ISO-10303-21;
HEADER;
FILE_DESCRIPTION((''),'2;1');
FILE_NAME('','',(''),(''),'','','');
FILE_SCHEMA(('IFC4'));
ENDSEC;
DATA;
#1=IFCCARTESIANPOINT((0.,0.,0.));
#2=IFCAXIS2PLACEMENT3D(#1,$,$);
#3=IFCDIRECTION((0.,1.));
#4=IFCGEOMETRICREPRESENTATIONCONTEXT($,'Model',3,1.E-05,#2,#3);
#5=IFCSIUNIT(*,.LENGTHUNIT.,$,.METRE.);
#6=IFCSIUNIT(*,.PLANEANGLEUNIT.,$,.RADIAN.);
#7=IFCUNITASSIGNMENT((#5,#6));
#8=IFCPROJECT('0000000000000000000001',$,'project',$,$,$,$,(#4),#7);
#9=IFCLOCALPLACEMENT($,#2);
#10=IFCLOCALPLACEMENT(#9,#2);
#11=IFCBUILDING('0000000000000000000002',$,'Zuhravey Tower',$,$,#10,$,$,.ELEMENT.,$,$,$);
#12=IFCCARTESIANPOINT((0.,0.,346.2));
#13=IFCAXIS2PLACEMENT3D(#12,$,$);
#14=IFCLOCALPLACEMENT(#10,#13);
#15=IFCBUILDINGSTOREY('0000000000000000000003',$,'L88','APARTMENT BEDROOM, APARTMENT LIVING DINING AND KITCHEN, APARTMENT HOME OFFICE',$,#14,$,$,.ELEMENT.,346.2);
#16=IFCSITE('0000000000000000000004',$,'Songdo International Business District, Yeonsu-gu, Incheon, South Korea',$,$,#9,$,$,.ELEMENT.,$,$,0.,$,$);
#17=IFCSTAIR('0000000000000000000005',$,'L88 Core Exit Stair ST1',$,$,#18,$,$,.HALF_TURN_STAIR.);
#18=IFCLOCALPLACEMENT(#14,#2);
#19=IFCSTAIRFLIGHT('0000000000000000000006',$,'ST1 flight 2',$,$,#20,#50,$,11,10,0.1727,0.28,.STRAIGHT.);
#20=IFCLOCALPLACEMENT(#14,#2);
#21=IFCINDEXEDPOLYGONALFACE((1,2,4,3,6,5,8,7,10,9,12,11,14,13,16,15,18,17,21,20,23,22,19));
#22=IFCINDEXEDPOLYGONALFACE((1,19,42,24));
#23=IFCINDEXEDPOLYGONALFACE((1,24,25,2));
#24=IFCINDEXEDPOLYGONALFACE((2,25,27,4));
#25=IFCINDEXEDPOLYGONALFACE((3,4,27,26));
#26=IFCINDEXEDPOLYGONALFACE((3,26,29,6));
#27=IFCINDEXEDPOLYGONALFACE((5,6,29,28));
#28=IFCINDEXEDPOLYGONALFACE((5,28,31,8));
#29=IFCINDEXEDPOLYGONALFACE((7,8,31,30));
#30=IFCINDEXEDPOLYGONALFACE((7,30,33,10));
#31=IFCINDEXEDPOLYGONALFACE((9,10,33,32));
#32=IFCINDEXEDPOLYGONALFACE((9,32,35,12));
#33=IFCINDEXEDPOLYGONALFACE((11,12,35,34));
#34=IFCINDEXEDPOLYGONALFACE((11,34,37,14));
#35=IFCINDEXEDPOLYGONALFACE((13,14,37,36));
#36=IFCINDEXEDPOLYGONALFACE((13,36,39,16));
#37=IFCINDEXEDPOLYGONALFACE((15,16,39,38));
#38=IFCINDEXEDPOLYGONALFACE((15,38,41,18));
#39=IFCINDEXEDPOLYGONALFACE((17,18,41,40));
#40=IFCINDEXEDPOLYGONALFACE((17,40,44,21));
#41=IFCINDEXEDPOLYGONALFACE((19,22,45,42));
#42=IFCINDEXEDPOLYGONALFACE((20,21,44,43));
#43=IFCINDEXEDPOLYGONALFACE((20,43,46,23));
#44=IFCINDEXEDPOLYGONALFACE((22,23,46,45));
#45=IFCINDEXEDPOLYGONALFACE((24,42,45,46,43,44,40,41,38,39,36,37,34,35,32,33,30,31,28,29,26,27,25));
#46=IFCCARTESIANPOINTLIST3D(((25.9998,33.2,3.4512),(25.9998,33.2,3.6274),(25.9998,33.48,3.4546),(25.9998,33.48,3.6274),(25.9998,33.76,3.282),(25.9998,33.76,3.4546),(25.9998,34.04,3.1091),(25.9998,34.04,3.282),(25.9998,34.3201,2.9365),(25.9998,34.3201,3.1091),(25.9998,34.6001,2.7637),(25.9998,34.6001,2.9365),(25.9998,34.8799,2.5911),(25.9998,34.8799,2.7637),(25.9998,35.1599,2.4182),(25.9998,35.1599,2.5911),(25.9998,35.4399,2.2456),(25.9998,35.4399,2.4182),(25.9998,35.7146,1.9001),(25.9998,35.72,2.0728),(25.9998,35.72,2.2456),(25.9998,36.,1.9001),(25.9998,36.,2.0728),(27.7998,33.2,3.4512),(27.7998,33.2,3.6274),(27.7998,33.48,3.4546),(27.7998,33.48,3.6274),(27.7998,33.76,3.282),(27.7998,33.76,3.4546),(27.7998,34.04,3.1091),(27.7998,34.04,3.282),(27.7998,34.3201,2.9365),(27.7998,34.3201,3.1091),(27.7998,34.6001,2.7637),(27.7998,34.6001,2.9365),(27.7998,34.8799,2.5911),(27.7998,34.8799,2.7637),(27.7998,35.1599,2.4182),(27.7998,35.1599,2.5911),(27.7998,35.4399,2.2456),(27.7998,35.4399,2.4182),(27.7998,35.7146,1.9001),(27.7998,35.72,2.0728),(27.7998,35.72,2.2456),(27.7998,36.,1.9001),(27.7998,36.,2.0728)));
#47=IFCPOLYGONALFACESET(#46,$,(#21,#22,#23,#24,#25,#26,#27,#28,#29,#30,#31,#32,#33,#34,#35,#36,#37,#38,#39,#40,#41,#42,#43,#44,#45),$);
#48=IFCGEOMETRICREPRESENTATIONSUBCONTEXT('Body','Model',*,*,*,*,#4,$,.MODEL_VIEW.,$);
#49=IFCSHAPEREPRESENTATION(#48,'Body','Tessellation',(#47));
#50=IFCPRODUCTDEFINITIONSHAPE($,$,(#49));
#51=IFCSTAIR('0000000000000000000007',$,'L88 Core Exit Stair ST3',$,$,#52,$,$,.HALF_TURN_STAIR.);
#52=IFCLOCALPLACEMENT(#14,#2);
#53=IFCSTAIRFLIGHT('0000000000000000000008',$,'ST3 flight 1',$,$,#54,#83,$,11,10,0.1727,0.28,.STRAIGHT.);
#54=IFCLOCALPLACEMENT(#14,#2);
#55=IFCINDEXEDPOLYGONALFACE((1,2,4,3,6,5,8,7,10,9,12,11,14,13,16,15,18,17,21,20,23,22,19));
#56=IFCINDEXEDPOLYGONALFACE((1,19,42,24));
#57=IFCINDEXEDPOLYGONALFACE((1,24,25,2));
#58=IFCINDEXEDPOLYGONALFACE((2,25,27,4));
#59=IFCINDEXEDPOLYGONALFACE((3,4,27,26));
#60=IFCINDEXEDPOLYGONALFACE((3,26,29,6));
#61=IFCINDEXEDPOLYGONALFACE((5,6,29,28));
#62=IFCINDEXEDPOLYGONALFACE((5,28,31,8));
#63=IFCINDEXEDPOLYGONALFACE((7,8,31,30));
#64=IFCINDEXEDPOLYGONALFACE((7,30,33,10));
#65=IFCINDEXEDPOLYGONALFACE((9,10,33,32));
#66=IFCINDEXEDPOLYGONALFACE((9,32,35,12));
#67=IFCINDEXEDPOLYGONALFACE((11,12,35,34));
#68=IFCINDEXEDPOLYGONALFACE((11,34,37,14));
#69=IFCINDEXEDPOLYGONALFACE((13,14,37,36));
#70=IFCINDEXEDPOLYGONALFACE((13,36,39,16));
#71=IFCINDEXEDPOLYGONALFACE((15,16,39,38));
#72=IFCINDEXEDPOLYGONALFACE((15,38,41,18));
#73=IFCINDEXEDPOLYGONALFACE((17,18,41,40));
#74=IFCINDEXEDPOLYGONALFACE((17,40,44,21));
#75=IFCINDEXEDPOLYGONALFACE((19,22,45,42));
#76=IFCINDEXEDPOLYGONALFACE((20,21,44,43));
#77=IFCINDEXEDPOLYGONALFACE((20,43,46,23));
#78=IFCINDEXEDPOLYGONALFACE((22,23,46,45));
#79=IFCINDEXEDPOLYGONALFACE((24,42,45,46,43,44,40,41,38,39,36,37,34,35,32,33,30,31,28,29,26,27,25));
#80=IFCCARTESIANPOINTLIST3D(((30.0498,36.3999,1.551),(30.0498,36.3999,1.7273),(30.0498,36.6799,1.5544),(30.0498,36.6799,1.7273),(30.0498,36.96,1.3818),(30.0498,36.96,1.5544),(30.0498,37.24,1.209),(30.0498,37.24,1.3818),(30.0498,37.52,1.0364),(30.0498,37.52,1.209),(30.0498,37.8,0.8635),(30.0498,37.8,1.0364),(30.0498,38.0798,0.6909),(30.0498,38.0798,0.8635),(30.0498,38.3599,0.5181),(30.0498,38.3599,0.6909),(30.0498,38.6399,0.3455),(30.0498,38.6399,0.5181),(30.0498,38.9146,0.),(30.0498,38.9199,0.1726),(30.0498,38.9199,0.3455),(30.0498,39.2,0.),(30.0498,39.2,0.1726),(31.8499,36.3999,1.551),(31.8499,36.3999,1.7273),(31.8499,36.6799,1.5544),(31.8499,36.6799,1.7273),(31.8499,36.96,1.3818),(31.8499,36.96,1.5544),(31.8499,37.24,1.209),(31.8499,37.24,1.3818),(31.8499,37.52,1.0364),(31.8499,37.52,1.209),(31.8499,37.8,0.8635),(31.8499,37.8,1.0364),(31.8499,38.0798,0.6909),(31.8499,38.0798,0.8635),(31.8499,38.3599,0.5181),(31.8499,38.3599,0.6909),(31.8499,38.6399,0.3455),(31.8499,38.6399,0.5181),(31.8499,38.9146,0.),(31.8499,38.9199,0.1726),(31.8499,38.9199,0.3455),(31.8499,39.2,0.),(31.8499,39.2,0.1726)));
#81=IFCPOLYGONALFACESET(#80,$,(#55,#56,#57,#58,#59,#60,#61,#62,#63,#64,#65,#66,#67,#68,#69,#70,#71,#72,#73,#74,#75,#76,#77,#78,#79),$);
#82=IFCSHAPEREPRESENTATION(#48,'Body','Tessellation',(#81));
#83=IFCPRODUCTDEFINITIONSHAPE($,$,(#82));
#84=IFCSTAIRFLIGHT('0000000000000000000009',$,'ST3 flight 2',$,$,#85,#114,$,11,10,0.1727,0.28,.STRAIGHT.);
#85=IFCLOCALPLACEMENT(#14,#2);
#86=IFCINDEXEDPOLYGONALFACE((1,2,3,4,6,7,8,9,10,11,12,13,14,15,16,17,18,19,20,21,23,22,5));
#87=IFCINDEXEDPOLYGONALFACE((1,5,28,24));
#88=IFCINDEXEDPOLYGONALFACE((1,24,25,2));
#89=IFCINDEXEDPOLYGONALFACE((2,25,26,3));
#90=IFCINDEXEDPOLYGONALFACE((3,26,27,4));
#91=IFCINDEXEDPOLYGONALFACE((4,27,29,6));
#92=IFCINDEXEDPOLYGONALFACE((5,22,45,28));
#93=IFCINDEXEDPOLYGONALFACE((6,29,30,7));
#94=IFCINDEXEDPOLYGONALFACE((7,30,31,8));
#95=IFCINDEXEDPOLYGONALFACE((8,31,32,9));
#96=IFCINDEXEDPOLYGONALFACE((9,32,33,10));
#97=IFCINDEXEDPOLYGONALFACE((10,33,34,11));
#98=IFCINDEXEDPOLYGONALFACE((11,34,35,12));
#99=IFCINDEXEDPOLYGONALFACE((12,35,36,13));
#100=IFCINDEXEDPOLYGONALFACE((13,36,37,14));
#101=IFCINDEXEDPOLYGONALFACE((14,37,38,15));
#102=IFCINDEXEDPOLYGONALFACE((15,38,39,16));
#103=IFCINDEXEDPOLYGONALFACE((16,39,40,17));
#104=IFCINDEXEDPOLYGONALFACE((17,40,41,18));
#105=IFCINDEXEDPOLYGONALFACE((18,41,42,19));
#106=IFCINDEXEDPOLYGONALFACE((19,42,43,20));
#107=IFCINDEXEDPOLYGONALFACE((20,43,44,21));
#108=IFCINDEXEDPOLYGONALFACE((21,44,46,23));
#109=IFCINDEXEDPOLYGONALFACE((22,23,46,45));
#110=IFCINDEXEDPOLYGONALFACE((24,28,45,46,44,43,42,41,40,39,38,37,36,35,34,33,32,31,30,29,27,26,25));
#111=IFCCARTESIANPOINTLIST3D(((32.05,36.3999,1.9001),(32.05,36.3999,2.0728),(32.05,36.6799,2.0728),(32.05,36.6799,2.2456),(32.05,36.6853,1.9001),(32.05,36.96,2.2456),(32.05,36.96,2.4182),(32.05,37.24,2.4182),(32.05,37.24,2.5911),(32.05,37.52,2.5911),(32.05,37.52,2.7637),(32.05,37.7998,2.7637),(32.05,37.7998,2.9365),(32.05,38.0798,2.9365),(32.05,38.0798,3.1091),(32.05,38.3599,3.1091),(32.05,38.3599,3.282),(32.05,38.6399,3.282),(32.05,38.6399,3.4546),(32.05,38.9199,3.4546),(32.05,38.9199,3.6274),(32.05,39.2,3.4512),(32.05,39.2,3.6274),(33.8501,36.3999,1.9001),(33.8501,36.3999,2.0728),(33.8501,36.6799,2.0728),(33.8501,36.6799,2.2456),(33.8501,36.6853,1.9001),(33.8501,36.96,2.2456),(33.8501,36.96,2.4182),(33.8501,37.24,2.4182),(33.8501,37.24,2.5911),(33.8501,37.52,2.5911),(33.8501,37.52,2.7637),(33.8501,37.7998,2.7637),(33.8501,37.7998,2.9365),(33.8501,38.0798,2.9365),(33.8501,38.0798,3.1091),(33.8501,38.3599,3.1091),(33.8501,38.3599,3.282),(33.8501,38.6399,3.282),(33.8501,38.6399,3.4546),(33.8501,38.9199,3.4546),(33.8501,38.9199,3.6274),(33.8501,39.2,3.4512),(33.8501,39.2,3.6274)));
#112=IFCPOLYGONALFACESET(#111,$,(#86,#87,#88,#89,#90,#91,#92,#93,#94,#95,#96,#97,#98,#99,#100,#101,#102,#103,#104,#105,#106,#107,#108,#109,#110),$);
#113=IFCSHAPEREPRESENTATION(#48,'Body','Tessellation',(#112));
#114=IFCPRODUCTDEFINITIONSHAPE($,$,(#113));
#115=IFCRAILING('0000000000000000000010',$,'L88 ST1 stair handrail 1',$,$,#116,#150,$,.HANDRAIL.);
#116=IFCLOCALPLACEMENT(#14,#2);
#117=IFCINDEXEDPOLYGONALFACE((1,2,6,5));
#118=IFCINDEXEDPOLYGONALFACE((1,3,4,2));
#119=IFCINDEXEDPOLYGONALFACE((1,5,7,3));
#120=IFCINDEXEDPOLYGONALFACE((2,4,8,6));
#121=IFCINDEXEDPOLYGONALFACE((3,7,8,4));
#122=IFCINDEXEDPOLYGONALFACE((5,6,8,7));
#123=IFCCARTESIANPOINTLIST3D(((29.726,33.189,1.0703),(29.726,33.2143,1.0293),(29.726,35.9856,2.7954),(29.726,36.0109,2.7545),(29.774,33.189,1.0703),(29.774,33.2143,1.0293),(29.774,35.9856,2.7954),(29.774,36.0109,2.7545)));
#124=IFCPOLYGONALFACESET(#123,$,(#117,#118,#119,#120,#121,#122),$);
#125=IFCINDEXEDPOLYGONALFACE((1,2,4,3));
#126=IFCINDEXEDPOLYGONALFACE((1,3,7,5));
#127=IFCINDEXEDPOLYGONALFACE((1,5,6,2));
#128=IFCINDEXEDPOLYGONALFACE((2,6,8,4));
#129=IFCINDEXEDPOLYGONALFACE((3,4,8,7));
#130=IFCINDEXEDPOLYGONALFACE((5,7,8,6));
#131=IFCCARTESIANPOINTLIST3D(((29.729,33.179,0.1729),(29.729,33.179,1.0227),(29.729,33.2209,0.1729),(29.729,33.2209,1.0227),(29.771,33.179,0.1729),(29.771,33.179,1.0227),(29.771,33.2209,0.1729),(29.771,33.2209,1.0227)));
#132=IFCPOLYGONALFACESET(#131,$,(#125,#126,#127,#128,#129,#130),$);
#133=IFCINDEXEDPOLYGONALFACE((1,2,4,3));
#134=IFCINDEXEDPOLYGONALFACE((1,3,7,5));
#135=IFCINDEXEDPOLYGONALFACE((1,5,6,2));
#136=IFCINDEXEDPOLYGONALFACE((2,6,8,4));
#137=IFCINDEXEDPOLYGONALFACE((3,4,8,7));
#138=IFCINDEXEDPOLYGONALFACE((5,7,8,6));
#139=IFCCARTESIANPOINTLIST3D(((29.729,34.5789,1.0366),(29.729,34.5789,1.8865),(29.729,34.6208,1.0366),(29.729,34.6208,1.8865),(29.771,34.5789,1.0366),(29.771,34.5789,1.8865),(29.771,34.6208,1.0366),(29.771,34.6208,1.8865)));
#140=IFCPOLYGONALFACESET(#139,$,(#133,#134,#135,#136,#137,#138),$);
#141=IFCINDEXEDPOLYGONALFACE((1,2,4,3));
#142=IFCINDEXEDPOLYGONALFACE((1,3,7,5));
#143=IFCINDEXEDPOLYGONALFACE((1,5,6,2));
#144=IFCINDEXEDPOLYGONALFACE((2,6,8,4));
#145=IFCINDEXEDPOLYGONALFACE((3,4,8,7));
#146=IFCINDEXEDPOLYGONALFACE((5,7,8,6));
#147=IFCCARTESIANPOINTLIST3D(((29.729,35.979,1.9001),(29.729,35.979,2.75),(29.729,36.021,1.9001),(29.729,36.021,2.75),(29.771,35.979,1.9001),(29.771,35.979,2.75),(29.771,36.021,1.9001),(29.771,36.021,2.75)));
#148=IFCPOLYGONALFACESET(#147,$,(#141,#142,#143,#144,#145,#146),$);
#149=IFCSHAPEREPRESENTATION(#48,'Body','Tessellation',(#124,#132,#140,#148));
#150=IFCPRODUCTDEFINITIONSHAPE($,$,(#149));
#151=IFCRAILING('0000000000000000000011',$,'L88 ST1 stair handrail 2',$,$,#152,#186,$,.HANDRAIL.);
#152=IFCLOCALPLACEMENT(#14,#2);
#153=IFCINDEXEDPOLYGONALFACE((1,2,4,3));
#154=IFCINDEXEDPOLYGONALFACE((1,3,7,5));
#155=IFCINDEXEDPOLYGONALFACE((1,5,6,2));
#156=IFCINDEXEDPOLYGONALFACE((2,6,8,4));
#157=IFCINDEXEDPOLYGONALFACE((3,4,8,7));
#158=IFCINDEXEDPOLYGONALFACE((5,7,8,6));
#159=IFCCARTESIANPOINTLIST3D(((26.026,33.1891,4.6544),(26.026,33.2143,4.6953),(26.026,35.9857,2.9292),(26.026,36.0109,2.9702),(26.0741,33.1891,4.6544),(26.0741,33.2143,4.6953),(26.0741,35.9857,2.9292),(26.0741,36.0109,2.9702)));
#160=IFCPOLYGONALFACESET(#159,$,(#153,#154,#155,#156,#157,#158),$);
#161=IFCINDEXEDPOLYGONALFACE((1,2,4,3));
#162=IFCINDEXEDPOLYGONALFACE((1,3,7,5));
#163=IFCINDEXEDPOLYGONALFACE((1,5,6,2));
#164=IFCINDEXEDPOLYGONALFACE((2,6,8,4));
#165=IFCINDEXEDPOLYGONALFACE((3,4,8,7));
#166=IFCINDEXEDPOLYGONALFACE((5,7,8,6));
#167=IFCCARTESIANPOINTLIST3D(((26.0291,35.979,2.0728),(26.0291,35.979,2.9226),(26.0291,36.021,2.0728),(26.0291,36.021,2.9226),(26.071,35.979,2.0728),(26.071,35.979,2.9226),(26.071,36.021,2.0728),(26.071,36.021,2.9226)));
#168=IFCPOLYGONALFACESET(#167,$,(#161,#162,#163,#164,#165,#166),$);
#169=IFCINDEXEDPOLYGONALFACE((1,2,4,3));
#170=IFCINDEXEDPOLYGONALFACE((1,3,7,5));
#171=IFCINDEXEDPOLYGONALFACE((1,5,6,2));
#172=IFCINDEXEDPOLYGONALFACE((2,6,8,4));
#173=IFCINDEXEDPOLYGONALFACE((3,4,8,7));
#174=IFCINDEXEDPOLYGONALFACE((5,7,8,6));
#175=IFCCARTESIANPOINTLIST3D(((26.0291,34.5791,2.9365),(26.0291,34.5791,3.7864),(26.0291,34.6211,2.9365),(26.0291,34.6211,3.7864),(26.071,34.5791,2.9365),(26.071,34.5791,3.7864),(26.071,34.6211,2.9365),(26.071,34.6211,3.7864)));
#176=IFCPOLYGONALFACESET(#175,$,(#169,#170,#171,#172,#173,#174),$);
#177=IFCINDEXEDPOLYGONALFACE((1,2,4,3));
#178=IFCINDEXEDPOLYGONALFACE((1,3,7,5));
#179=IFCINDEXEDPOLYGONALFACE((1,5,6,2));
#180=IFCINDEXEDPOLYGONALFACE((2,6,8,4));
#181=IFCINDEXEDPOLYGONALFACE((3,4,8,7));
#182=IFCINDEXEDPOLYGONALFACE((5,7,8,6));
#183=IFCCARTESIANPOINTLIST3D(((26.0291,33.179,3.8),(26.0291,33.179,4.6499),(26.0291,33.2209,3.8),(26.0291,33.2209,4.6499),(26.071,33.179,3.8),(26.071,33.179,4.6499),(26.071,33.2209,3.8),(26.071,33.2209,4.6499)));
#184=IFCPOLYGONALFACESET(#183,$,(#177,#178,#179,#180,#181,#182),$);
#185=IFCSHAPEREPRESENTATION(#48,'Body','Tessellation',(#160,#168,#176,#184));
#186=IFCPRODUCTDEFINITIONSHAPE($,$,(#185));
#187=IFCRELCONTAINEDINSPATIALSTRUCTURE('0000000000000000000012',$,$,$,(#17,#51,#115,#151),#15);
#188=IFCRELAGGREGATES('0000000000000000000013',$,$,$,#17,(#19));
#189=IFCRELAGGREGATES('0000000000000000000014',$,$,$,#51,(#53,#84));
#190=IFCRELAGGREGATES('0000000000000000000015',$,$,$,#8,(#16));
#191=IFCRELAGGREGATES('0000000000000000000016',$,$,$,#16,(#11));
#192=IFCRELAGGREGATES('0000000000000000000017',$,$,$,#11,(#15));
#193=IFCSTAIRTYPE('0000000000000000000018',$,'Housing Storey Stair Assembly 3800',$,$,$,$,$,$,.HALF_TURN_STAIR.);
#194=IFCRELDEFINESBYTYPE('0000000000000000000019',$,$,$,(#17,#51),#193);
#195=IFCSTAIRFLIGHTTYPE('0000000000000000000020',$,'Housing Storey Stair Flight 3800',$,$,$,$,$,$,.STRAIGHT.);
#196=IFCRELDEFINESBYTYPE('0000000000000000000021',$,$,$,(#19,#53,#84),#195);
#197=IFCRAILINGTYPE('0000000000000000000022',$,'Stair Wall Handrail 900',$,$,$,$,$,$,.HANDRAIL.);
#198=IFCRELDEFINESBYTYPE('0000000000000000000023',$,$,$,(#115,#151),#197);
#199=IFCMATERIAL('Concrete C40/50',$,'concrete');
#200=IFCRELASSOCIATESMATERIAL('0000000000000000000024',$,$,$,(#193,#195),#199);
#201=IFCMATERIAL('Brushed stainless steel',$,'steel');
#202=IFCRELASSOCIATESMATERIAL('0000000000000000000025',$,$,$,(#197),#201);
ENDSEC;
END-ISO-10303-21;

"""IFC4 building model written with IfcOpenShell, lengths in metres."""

from ifc_helpers import new_model, si_unit, direction, frame, origin, origin_2d, place, context, subcontext, project, spatial, polyline, rectangle, outline, extrude, material, type_object, element, aggregate, save


model = new_model("IFC4")

# Units and contexts
model_context = context("Model", 3, precision=1e-05, world=origin(), true_north=direction((0.0, 1.0)))
body_context = subcontext(model_context, "Body", "Model", "MODEL_VIEW")
ifc_project = project(units=[si_unit("LENGTHUNIT", "METRE"), si_unit("PLANEANGLEUNIT", "RADIAN")], contexts=[model_context])

# Site, building, storey
site_placement = place(None, origin())
site = spatial("IfcSite", under=ifc_project, at=site_placement, Name="Songdo International Business District, Yeonsu-gu, Incheon, South Korea", CompositionType="ELEMENT", RefElevation=0.0)
building_placement = place(site_placement, origin())
building = spatial("IfcBuilding", under=site, at=building_placement, Name="Zuhravey Tower", CompositionType="ELEMENT")
storey_placement = place(building_placement, frame((0.0, 0.0, 346.2)))
storey = spatial("IfcBuildingStorey", under=building, at=storey_placement, Name="L88", Description="APARTMENT BEDROOM, APARTMENT LIVING DINING AND KITCHEN, APARTMENT HOME OFFICE", CompositionType="ELEMENT", Elevation=346.2)

# Stairs, stair flights
ifc_material_1 = material(Name="Concrete C40/50", Category="concrete")
stair_type = type_object("IfcStairType", Name="Housing Storey Stair Assembly 3800", PredefinedType="HALF_TURN_STAIR", material=ifc_material_1)
stair_1_placement = place(storey_placement, origin())
stair_1 = element("IfcStair", 1, at=stair_1_placement, inside=storey, type_object=stair_type, Name="L88 Core Exit Stair ST1", PredefinedType="HALF_TURN_STAIR")
stair_flight_type = type_object("IfcStairFlightType", Name="Housing Storey Stair Flight 3800", PredefinedType="STRAIGHT", material=ifc_material_1)
stair_flight_1_placement = place(storey_placement, frame((26.8999, 36.0, 1.9001), z_axis=(0.0, 0.0, 1.0), x_axis=(0.0, -1.0, 0.0)))
stair_flight_1 = element("IfcStairFlight", 2, at=stair_flight_1_placement, type_object=stair_flight_type, Name="ST1 flight 2", NumberOfRisers=11, NumberOfTreads=10, PredefinedType="STRAIGHT", RiserHeight=0.1727, TreadLength=0.28, context=body_context, shape_type="SweptSolid", body=[
    extrude(outline(polyline([(0.0, 0.0), (0.0, 0.1726), (0.28, 0.1726), (0.28, 0.3455), (0.5601, 0.3455), (0.5601, 0.5181), (0.8401, 0.5181), (0.8401, 0.6909), (1.1201, 0.6909), (1.1201, 0.8635), (1.3999, 0.8635), (1.3999, 1.0364), (1.6799, 1.0364), (1.6799, 1.209), (1.96, 1.209), (1.96, 1.3818), (2.24, 1.3818), (2.24, 1.5544), (2.52, 1.5544), (2.52, 1.7273), (2.8, 1.7273), (2.8, 1.8999), (2.8, 1.551), (0.2854, 0.0), (0.0, 0.0)])), frame((0.0, 0.8999, 0.0), z_axis=(0.0, -1.0, 0.0), x_axis=(1.0, 0.0, 0.0)), (0.0, 0.0, 1.0), 1.8),
])
aggregate(stair_1, [stair_flight_1])
stair_2_placement = place(storey_placement, origin())
stair_2 = element("IfcStair", 3, at=stair_2_placement, inside=storey, type_object=stair_type, Name="L88 Core Exit Stair ST3", PredefinedType="HALF_TURN_STAIR")
stair_flight_2_placement = place(storey_placement, frame((30.95, 39.2, 0.0), z_axis=(0.0, 0.0, 1.0), x_axis=(0.0, -1.0, 0.0)))
stair_flight_2 = element("IfcStairFlight", 4, at=stair_flight_2_placement, type_object=stair_flight_type, Name="ST3 flight 1", NumberOfRisers=11, NumberOfTreads=10, PredefinedType="STRAIGHT", RiserHeight=0.1727, TreadLength=0.28, context=body_context, shape_type="SweptSolid", body=[
    extrude(outline(polyline([(0.0, 0.0), (0.0, 0.1726), (0.28, 0.1726), (0.28, 0.3455), (0.5601, 0.3455), (0.5601, 0.5181), (0.8401, 0.5181), (0.8401, 0.6909), (1.1201, 0.6909), (1.1201, 0.8635), (1.3999, 0.8635), (1.3999, 1.0364), (1.6799, 1.0364), (1.6799, 1.209), (1.96, 1.209), (1.96, 1.3818), (2.24, 1.3818), (2.24, 1.5544), (2.52, 1.5544), (2.52, 1.7273), (2.8, 1.7273), (2.8, 1.8999), (2.8, 1.551), (0.2854, 0.0), (0.0, 0.0)])), frame((0.0, 0.8999, 0.0), z_axis=(0.0, -1.0, 0.0), x_axis=(1.0, 0.0, 0.0)), (0.0, 0.0, 1.0), 1.8),
])
stair_flight_3_placement = place(storey_placement, frame((32.95, 36.3999, 1.9001), z_axis=(0.0, 0.0, 1.0), x_axis=(0.0, 1.0, 0.0)))
stair_flight_3 = element("IfcStairFlight", 5, at=stair_flight_3_placement, type_object=stair_flight_type, Name="ST3 flight 2", NumberOfRisers=11, NumberOfTreads=10, PredefinedType="STRAIGHT", RiserHeight=0.1727, TreadLength=0.28, context=body_context, shape_type="SweptSolid", body=[
    extrude(outline(polyline([(0.0, 0.0), (0.0, 0.1726), (0.28, 0.1726), (0.28, 0.3455), (0.5601, 0.3455), (0.5601, 0.5181), (0.8401, 0.5181), (0.8401, 0.6909), (1.1201, 0.6909), (1.1201, 0.8635), (1.3999, 0.8635), (1.3999, 1.0364), (1.6799, 1.0364), (1.6799, 1.209), (1.96, 1.209), (1.96, 1.3818), (2.24, 1.3818), (2.24, 1.5544), (2.52, 1.5544), (2.52, 1.7273), (2.8, 1.7273), (2.8, 1.8999), (2.8, 1.551), (0.2854, 0.0), (0.0, 0.0)])), frame((0.0, 0.8999, 0.0), z_axis=(0.0, -1.0, 0.0), x_axis=(1.0, 0.0, 0.0)), (0.0, 0.0, 1.0), 1.8),
])
aggregate(stair_2, [stair_flight_2, stair_flight_3])

# Railings
ifc_material_2 = material(Name="Brushed stainless steel", Category="steel")
railing_type_1 = type_object("IfcRailingType", Name="Stair Wall Handrail 900", PredefinedType="HANDRAIL", material=ifc_material_2)
railing_1_placement = place(storey_placement, frame((29.75, 33.2, 0.1729)))
element("IfcRailing", 6, at=railing_1_placement, inside=storey, type_object=railing_type_1, Name="L88 ST1 stair handrail 1", PredefinedType="HANDRAIL", context=body_context, shape_type="SweptSolid", body=[
    extrude(rectangle(XDim=0.0481, YDim=0.0481, at=origin_2d()), frame((0.0, 0.0017, 0.877), z_axis=(0.0, 0.85109, 0.52502), x_axis=(-1.0, 0.0, 0.0)), (0.0, 0.0, 1.0), 3.2859),
    extrude(rectangle(XDim=0.042, YDim=0.042, at=origin_2d()), origin(), (0.0, 0.0, 1.0), 0.8499),
    extrude(rectangle(XDim=0.042, YDim=0.042, at=origin_2d()), frame((0.0, 1.3999, 0.8638)), (0.0, 0.0, 1.0), 0.8499),
    extrude(rectangle(XDim=0.042, YDim=0.042, at=origin_2d()), frame((0.0, 2.8, 1.7273)), (0.0, 0.0, 1.0), 0.8499),
])
for number, where, name in (
    (7, (26.05, 36.0, 2.0728), "L88 ST1 stair handrail 2"),
):
    element("IfcRailing", number, at=place(storey_placement, frame(where)), inside=storey, type_object=railing_type_1, Name=name, PredefinedType="HANDRAIL", context=body_context, shape_type="SweptSolid", body=[
        extrude(rectangle(XDim=0.0481, YDim=0.0481, at=origin_2d()), frame((0.0, -0.0017, 0.877), z_axis=(0.0, -0.85109, 0.52502), x_axis=(1.0, 0.0, 0.0)), (0.0, 0.0, 1.0), 3.2859),
        extrude(rectangle(XDim=0.042, YDim=0.042, at=origin_2d()), origin(), (0.0, 0.0, 1.0), 0.8499),
        extrude(rectangle(XDim=0.042, YDim=0.042, at=origin_2d()), frame((0.0, -1.3999, 0.8638)), (0.0, 0.0, 1.0), 0.8499),
        extrude(rectangle(XDim=0.042, YDim=0.042, at=origin_2d()), frame((0.0, -2.8, 1.7273)), (0.0, 0.0, 1.0), 0.8499),
    ])

save(model, "model.ifc")
